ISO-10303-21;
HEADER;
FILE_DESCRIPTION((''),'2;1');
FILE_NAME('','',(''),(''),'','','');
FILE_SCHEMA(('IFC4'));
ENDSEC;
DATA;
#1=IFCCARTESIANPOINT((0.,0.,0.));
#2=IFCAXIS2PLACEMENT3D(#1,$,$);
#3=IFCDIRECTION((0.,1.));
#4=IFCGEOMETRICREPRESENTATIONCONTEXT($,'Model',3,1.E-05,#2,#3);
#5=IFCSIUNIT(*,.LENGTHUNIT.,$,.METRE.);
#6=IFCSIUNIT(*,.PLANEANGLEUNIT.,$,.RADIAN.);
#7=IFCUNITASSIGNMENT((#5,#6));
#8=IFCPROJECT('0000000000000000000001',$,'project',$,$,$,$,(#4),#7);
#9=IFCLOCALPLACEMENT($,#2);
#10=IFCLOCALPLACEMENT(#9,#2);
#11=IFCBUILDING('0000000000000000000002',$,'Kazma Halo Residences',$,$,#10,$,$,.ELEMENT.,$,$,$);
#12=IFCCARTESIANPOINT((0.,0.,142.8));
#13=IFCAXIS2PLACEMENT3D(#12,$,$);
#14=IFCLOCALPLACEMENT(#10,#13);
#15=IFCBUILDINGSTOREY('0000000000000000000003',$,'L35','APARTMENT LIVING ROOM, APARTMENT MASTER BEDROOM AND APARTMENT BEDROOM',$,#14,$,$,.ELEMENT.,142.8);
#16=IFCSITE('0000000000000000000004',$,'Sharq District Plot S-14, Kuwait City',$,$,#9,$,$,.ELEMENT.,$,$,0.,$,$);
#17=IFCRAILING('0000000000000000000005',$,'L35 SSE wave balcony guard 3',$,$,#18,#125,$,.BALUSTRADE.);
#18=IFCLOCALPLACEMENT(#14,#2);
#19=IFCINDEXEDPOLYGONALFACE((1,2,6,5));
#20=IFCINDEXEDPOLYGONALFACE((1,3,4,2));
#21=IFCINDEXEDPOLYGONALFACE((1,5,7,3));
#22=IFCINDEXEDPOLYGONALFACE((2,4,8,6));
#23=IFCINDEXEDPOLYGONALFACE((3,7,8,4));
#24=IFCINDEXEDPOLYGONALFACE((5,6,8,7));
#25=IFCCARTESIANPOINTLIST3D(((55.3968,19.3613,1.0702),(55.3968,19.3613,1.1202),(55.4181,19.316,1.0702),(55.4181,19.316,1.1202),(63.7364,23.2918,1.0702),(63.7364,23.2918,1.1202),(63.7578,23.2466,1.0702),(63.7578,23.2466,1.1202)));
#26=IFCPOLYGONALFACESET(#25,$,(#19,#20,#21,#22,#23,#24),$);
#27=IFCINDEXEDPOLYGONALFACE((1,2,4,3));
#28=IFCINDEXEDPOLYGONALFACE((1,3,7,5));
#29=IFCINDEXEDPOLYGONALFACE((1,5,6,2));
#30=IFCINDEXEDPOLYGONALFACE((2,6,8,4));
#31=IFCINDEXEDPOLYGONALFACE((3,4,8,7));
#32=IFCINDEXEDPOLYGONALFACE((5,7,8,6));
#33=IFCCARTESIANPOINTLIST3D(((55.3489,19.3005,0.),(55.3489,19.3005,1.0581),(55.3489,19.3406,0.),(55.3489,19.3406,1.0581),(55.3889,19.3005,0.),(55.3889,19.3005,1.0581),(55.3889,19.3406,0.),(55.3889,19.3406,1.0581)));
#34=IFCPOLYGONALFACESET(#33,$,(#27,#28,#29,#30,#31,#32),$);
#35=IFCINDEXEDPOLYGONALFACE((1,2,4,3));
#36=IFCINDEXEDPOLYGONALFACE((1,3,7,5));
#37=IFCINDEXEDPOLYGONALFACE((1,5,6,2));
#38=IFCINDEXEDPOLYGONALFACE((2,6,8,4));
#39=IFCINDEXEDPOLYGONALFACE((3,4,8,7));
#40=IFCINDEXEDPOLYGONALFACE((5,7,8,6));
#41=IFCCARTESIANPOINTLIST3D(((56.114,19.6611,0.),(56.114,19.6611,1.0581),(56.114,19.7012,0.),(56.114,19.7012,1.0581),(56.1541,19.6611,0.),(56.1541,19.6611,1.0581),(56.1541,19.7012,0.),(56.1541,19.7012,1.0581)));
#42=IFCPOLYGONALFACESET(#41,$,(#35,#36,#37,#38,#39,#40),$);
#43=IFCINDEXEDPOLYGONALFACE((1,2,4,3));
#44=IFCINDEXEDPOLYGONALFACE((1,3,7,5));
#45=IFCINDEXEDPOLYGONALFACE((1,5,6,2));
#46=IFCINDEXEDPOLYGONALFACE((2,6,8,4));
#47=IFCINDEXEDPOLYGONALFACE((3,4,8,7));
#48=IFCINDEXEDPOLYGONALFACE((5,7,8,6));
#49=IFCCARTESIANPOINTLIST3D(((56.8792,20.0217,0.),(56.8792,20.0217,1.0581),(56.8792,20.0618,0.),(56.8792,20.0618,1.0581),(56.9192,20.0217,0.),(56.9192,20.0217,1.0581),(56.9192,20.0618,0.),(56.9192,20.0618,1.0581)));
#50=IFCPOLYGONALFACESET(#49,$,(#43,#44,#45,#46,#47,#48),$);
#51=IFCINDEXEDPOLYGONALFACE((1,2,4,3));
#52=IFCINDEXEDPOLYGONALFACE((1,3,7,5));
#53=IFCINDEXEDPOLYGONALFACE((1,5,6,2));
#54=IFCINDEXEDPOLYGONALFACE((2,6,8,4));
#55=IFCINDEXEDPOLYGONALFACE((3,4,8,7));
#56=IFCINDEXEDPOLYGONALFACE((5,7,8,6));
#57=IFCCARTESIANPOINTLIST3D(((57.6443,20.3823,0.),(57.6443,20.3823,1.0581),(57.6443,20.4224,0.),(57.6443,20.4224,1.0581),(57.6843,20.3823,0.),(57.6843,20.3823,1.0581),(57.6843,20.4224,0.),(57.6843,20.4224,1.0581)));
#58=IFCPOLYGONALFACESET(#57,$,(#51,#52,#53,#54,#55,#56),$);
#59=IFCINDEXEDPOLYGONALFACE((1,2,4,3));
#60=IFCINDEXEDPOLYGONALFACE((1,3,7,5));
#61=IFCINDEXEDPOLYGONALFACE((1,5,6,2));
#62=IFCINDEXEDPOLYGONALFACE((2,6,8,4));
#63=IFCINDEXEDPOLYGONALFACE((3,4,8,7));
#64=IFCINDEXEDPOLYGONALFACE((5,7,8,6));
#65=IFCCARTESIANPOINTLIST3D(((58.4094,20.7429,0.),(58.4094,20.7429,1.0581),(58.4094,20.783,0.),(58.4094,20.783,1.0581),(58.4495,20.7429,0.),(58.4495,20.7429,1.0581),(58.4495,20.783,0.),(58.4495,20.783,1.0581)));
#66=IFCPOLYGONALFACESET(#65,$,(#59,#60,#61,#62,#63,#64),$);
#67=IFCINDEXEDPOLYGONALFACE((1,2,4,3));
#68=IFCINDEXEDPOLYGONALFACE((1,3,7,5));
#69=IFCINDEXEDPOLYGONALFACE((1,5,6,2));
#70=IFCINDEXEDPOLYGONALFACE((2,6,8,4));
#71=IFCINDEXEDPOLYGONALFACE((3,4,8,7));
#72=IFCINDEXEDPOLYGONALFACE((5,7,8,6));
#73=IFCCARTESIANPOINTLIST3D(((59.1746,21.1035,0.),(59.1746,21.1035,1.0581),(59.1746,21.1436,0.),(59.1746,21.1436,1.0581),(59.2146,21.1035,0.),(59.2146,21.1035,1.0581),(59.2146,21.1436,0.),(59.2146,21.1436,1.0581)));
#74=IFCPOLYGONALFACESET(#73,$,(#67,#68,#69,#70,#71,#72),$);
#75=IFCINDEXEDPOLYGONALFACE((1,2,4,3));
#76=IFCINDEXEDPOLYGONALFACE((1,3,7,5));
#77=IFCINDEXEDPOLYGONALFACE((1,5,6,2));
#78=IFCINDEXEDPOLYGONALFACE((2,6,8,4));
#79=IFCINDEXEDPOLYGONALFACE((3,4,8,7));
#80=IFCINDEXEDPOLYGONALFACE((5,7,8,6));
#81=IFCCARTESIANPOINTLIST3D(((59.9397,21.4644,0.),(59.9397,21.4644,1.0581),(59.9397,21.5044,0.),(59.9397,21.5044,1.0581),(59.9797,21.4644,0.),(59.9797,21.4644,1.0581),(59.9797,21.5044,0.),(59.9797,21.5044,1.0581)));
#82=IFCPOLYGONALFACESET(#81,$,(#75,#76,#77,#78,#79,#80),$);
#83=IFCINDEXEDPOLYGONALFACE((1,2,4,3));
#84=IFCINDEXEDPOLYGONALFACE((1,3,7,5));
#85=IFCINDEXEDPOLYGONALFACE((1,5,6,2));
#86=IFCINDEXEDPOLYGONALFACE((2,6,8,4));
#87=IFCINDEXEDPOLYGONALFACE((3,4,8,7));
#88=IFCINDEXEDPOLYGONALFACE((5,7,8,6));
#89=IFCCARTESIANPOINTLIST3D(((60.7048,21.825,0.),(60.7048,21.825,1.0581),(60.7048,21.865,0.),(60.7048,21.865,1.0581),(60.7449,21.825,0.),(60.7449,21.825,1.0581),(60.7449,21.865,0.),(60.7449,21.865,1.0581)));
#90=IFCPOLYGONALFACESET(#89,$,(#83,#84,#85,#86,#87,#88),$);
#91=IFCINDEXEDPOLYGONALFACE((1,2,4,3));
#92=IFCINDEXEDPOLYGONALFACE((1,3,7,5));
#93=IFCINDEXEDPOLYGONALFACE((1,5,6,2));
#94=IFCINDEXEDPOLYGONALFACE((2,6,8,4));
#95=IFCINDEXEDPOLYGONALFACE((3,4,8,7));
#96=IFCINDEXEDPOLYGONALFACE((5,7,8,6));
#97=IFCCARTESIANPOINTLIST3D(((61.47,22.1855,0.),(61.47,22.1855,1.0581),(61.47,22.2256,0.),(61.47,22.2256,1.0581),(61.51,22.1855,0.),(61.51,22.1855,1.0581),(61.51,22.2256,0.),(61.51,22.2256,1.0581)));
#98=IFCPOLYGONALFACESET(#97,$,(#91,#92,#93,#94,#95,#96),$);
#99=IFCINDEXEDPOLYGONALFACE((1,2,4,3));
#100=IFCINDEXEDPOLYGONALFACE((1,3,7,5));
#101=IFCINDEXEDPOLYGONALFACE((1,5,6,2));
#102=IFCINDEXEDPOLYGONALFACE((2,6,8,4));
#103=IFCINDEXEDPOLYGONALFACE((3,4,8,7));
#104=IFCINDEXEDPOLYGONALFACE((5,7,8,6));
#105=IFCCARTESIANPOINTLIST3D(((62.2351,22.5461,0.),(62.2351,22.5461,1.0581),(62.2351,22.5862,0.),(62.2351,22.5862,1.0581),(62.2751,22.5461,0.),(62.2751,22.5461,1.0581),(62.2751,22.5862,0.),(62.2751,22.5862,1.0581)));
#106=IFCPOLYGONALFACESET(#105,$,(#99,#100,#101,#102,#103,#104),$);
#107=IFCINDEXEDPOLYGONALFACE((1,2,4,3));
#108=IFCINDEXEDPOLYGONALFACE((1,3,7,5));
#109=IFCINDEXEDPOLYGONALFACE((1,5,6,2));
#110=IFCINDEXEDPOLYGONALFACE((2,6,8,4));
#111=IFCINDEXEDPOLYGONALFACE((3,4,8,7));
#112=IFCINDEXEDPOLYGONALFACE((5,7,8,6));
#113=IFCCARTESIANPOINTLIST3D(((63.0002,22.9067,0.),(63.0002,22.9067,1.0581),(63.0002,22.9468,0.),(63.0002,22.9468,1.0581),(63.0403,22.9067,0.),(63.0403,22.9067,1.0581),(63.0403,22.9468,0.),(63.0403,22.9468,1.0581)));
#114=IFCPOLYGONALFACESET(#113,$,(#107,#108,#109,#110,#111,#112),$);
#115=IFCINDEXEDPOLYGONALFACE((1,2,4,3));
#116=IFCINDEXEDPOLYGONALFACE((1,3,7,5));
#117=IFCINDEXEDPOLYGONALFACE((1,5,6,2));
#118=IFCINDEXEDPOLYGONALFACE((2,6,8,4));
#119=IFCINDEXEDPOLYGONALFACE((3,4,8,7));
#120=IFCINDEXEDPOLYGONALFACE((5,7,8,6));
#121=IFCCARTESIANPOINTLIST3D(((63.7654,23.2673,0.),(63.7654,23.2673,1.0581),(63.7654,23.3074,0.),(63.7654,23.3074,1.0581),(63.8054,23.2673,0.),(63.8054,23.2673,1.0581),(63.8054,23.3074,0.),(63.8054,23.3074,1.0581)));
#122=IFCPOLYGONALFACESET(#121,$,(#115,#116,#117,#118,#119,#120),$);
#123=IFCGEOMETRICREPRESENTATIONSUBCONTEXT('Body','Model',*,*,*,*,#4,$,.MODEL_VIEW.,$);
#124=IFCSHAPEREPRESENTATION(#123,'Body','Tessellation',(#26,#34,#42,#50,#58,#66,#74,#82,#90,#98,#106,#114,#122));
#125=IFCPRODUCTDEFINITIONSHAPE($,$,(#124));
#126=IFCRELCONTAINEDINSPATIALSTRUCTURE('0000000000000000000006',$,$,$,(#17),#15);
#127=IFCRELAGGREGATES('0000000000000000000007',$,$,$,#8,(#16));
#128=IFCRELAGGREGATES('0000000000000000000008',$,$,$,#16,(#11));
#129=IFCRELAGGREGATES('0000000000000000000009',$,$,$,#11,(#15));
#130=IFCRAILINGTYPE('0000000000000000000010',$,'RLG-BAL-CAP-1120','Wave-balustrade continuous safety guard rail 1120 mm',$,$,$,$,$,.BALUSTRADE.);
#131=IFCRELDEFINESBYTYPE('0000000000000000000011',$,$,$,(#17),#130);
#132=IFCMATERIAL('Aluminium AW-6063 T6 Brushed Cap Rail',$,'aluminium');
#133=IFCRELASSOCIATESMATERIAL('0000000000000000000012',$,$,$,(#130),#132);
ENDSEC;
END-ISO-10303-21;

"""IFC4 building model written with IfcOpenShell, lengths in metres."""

from ifc_helpers import new_model, si_unit, direction, frame, origin, origin_2d, place, context, subcontext, project, spatial, rectangle, extrude, material, type_object, element, save


model = new_model("IFC4")

# Units and contexts
model_context = context("Model", 3, precision=1e-05, world=origin(), true_north=direction((0.0, 1.0)))
body_context = subcontext(model_context, "Body", "Model", "MODEL_VIEW")
ifc_project = project(units=[si_unit("LENGTHUNIT", "METRE"), si_unit("PLANEANGLEUNIT", "RADIAN")], contexts=[model_context])

# Site, building, storey
site_placement = place(None, origin())
site = spatial("IfcSite", under=ifc_project, at=site_placement, Name="Sharq District Plot S-14, Kuwait City", CompositionType="ELEMENT", RefElevation=0.0)
building_placement = place(site_placement, origin())
building = spatial("IfcBuilding", under=site, at=building_placement, Name="Kazma Halo Residences", CompositionType="ELEMENT")
storey_placement = place(building_placement, frame((0.0, 0.0, 142.8)))
storey = spatial("IfcBuildingStorey", under=building, at=storey_placement, Name="L35", Description="APARTMENT LIVING ROOM, APARTMENT MASTER BEDROOM AND APARTMENT BEDROOM", CompositionType="ELEMENT", Elevation=142.8)

# Railing
ifc_material_1 = material(Name="Aluminium AW-6063 T6 Brushed Cap Rail", Category="aluminium")
railing_type = type_object("IfcRailingType", Name="RLG-BAL-CAP-1120", Description="Wave-balustrade continuous safety guard rail 1120 mm", PredefinedType="BALUSTRADE", material=ifc_material_1)
railing_placement = place(storey_placement, frame((55.3689, 19.3206, 0.0)))
element("IfcRailing", 1, at=railing_placement, inside=storey, type_object=railing_type, Name="L35 SSE wave balcony guard 3", PredefinedType="BALUSTRADE", context=body_context, shape_type="SweptSolid", body=[
    extrude(rectangle(XDim=0.05, YDim=0.05, at=origin_2d()), frame((0.0386, 0.0181, 1.0952), z_axis=(0.904566, 0.426333, 0.0), x_axis=(-0.426333, 0.904566, 0.0)), (0.0, 0.0, 1.0), 9.2195),
    extrude(rectangle(XDim=0.04, YDim=0.04, at=origin_2d()), origin(), (0.0, 0.0, 1.0), 1.0581),
    extrude(rectangle(XDim=0.04, YDim=0.04, at=origin_2d()), frame((0.7651, 0.3606, 0.0)), (0.0, 0.0, 1.0), 1.0581),
    extrude(rectangle(XDim=0.04, YDim=0.04, at=origin_2d()), frame((1.5303, 0.7212, 0.0)), (0.0, 0.0, 1.0), 1.0581),
    extrude(rectangle(XDim=0.04, YDim=0.04, at=origin_2d()), frame((2.2954, 1.0818, 0.0)), (0.0, 0.0, 1.0), 1.0581),
    extrude(rectangle(XDim=0.04, YDim=0.04, at=origin_2d()), frame((3.0605, 1.4424, 0.0)), (0.0, 0.0, 1.0), 1.0581),
    extrude(rectangle(XDim=0.04, YDim=0.04, at=origin_2d()), frame((3.8257, 1.803, 0.0)), (0.0, 0.0, 1.0), 1.0581),
    extrude(rectangle(XDim=0.04, YDim=0.04, at=origin_2d()), frame((4.5908, 2.1638, 0.0)), (0.0, 0.0, 1.0), 1.0581),
    extrude(rectangle(XDim=0.04, YDim=0.04, at=origin_2d()), frame((5.356, 2.5244, 0.0)), (0.0, 0.0, 1.0), 1.0581),
    extrude(rectangle(XDim=0.04, YDim=0.04, at=origin_2d()), frame((6.1211, 2.885, 0.0)), (0.0, 0.0, 1.0), 1.0581),
    extrude(rectangle(XDim=0.04, YDim=0.04, at=origin_2d()), frame((6.8862, 3.2456, 0.0)), (0.0, 0.0, 1.0), 1.0581),
    extrude(rectangle(XDim=0.04, YDim=0.04, at=origin_2d()), frame((7.6514, 3.6062, 0.0)), (0.0, 0.0, 1.0), 1.0581),
    extrude(rectangle(XDim=0.04, YDim=0.04, at=origin_2d()), frame((8.4165, 3.9668, 0.0)), (0.0, 0.0, 1.0), 1.0581),
])

save(model, "model.ifc")
